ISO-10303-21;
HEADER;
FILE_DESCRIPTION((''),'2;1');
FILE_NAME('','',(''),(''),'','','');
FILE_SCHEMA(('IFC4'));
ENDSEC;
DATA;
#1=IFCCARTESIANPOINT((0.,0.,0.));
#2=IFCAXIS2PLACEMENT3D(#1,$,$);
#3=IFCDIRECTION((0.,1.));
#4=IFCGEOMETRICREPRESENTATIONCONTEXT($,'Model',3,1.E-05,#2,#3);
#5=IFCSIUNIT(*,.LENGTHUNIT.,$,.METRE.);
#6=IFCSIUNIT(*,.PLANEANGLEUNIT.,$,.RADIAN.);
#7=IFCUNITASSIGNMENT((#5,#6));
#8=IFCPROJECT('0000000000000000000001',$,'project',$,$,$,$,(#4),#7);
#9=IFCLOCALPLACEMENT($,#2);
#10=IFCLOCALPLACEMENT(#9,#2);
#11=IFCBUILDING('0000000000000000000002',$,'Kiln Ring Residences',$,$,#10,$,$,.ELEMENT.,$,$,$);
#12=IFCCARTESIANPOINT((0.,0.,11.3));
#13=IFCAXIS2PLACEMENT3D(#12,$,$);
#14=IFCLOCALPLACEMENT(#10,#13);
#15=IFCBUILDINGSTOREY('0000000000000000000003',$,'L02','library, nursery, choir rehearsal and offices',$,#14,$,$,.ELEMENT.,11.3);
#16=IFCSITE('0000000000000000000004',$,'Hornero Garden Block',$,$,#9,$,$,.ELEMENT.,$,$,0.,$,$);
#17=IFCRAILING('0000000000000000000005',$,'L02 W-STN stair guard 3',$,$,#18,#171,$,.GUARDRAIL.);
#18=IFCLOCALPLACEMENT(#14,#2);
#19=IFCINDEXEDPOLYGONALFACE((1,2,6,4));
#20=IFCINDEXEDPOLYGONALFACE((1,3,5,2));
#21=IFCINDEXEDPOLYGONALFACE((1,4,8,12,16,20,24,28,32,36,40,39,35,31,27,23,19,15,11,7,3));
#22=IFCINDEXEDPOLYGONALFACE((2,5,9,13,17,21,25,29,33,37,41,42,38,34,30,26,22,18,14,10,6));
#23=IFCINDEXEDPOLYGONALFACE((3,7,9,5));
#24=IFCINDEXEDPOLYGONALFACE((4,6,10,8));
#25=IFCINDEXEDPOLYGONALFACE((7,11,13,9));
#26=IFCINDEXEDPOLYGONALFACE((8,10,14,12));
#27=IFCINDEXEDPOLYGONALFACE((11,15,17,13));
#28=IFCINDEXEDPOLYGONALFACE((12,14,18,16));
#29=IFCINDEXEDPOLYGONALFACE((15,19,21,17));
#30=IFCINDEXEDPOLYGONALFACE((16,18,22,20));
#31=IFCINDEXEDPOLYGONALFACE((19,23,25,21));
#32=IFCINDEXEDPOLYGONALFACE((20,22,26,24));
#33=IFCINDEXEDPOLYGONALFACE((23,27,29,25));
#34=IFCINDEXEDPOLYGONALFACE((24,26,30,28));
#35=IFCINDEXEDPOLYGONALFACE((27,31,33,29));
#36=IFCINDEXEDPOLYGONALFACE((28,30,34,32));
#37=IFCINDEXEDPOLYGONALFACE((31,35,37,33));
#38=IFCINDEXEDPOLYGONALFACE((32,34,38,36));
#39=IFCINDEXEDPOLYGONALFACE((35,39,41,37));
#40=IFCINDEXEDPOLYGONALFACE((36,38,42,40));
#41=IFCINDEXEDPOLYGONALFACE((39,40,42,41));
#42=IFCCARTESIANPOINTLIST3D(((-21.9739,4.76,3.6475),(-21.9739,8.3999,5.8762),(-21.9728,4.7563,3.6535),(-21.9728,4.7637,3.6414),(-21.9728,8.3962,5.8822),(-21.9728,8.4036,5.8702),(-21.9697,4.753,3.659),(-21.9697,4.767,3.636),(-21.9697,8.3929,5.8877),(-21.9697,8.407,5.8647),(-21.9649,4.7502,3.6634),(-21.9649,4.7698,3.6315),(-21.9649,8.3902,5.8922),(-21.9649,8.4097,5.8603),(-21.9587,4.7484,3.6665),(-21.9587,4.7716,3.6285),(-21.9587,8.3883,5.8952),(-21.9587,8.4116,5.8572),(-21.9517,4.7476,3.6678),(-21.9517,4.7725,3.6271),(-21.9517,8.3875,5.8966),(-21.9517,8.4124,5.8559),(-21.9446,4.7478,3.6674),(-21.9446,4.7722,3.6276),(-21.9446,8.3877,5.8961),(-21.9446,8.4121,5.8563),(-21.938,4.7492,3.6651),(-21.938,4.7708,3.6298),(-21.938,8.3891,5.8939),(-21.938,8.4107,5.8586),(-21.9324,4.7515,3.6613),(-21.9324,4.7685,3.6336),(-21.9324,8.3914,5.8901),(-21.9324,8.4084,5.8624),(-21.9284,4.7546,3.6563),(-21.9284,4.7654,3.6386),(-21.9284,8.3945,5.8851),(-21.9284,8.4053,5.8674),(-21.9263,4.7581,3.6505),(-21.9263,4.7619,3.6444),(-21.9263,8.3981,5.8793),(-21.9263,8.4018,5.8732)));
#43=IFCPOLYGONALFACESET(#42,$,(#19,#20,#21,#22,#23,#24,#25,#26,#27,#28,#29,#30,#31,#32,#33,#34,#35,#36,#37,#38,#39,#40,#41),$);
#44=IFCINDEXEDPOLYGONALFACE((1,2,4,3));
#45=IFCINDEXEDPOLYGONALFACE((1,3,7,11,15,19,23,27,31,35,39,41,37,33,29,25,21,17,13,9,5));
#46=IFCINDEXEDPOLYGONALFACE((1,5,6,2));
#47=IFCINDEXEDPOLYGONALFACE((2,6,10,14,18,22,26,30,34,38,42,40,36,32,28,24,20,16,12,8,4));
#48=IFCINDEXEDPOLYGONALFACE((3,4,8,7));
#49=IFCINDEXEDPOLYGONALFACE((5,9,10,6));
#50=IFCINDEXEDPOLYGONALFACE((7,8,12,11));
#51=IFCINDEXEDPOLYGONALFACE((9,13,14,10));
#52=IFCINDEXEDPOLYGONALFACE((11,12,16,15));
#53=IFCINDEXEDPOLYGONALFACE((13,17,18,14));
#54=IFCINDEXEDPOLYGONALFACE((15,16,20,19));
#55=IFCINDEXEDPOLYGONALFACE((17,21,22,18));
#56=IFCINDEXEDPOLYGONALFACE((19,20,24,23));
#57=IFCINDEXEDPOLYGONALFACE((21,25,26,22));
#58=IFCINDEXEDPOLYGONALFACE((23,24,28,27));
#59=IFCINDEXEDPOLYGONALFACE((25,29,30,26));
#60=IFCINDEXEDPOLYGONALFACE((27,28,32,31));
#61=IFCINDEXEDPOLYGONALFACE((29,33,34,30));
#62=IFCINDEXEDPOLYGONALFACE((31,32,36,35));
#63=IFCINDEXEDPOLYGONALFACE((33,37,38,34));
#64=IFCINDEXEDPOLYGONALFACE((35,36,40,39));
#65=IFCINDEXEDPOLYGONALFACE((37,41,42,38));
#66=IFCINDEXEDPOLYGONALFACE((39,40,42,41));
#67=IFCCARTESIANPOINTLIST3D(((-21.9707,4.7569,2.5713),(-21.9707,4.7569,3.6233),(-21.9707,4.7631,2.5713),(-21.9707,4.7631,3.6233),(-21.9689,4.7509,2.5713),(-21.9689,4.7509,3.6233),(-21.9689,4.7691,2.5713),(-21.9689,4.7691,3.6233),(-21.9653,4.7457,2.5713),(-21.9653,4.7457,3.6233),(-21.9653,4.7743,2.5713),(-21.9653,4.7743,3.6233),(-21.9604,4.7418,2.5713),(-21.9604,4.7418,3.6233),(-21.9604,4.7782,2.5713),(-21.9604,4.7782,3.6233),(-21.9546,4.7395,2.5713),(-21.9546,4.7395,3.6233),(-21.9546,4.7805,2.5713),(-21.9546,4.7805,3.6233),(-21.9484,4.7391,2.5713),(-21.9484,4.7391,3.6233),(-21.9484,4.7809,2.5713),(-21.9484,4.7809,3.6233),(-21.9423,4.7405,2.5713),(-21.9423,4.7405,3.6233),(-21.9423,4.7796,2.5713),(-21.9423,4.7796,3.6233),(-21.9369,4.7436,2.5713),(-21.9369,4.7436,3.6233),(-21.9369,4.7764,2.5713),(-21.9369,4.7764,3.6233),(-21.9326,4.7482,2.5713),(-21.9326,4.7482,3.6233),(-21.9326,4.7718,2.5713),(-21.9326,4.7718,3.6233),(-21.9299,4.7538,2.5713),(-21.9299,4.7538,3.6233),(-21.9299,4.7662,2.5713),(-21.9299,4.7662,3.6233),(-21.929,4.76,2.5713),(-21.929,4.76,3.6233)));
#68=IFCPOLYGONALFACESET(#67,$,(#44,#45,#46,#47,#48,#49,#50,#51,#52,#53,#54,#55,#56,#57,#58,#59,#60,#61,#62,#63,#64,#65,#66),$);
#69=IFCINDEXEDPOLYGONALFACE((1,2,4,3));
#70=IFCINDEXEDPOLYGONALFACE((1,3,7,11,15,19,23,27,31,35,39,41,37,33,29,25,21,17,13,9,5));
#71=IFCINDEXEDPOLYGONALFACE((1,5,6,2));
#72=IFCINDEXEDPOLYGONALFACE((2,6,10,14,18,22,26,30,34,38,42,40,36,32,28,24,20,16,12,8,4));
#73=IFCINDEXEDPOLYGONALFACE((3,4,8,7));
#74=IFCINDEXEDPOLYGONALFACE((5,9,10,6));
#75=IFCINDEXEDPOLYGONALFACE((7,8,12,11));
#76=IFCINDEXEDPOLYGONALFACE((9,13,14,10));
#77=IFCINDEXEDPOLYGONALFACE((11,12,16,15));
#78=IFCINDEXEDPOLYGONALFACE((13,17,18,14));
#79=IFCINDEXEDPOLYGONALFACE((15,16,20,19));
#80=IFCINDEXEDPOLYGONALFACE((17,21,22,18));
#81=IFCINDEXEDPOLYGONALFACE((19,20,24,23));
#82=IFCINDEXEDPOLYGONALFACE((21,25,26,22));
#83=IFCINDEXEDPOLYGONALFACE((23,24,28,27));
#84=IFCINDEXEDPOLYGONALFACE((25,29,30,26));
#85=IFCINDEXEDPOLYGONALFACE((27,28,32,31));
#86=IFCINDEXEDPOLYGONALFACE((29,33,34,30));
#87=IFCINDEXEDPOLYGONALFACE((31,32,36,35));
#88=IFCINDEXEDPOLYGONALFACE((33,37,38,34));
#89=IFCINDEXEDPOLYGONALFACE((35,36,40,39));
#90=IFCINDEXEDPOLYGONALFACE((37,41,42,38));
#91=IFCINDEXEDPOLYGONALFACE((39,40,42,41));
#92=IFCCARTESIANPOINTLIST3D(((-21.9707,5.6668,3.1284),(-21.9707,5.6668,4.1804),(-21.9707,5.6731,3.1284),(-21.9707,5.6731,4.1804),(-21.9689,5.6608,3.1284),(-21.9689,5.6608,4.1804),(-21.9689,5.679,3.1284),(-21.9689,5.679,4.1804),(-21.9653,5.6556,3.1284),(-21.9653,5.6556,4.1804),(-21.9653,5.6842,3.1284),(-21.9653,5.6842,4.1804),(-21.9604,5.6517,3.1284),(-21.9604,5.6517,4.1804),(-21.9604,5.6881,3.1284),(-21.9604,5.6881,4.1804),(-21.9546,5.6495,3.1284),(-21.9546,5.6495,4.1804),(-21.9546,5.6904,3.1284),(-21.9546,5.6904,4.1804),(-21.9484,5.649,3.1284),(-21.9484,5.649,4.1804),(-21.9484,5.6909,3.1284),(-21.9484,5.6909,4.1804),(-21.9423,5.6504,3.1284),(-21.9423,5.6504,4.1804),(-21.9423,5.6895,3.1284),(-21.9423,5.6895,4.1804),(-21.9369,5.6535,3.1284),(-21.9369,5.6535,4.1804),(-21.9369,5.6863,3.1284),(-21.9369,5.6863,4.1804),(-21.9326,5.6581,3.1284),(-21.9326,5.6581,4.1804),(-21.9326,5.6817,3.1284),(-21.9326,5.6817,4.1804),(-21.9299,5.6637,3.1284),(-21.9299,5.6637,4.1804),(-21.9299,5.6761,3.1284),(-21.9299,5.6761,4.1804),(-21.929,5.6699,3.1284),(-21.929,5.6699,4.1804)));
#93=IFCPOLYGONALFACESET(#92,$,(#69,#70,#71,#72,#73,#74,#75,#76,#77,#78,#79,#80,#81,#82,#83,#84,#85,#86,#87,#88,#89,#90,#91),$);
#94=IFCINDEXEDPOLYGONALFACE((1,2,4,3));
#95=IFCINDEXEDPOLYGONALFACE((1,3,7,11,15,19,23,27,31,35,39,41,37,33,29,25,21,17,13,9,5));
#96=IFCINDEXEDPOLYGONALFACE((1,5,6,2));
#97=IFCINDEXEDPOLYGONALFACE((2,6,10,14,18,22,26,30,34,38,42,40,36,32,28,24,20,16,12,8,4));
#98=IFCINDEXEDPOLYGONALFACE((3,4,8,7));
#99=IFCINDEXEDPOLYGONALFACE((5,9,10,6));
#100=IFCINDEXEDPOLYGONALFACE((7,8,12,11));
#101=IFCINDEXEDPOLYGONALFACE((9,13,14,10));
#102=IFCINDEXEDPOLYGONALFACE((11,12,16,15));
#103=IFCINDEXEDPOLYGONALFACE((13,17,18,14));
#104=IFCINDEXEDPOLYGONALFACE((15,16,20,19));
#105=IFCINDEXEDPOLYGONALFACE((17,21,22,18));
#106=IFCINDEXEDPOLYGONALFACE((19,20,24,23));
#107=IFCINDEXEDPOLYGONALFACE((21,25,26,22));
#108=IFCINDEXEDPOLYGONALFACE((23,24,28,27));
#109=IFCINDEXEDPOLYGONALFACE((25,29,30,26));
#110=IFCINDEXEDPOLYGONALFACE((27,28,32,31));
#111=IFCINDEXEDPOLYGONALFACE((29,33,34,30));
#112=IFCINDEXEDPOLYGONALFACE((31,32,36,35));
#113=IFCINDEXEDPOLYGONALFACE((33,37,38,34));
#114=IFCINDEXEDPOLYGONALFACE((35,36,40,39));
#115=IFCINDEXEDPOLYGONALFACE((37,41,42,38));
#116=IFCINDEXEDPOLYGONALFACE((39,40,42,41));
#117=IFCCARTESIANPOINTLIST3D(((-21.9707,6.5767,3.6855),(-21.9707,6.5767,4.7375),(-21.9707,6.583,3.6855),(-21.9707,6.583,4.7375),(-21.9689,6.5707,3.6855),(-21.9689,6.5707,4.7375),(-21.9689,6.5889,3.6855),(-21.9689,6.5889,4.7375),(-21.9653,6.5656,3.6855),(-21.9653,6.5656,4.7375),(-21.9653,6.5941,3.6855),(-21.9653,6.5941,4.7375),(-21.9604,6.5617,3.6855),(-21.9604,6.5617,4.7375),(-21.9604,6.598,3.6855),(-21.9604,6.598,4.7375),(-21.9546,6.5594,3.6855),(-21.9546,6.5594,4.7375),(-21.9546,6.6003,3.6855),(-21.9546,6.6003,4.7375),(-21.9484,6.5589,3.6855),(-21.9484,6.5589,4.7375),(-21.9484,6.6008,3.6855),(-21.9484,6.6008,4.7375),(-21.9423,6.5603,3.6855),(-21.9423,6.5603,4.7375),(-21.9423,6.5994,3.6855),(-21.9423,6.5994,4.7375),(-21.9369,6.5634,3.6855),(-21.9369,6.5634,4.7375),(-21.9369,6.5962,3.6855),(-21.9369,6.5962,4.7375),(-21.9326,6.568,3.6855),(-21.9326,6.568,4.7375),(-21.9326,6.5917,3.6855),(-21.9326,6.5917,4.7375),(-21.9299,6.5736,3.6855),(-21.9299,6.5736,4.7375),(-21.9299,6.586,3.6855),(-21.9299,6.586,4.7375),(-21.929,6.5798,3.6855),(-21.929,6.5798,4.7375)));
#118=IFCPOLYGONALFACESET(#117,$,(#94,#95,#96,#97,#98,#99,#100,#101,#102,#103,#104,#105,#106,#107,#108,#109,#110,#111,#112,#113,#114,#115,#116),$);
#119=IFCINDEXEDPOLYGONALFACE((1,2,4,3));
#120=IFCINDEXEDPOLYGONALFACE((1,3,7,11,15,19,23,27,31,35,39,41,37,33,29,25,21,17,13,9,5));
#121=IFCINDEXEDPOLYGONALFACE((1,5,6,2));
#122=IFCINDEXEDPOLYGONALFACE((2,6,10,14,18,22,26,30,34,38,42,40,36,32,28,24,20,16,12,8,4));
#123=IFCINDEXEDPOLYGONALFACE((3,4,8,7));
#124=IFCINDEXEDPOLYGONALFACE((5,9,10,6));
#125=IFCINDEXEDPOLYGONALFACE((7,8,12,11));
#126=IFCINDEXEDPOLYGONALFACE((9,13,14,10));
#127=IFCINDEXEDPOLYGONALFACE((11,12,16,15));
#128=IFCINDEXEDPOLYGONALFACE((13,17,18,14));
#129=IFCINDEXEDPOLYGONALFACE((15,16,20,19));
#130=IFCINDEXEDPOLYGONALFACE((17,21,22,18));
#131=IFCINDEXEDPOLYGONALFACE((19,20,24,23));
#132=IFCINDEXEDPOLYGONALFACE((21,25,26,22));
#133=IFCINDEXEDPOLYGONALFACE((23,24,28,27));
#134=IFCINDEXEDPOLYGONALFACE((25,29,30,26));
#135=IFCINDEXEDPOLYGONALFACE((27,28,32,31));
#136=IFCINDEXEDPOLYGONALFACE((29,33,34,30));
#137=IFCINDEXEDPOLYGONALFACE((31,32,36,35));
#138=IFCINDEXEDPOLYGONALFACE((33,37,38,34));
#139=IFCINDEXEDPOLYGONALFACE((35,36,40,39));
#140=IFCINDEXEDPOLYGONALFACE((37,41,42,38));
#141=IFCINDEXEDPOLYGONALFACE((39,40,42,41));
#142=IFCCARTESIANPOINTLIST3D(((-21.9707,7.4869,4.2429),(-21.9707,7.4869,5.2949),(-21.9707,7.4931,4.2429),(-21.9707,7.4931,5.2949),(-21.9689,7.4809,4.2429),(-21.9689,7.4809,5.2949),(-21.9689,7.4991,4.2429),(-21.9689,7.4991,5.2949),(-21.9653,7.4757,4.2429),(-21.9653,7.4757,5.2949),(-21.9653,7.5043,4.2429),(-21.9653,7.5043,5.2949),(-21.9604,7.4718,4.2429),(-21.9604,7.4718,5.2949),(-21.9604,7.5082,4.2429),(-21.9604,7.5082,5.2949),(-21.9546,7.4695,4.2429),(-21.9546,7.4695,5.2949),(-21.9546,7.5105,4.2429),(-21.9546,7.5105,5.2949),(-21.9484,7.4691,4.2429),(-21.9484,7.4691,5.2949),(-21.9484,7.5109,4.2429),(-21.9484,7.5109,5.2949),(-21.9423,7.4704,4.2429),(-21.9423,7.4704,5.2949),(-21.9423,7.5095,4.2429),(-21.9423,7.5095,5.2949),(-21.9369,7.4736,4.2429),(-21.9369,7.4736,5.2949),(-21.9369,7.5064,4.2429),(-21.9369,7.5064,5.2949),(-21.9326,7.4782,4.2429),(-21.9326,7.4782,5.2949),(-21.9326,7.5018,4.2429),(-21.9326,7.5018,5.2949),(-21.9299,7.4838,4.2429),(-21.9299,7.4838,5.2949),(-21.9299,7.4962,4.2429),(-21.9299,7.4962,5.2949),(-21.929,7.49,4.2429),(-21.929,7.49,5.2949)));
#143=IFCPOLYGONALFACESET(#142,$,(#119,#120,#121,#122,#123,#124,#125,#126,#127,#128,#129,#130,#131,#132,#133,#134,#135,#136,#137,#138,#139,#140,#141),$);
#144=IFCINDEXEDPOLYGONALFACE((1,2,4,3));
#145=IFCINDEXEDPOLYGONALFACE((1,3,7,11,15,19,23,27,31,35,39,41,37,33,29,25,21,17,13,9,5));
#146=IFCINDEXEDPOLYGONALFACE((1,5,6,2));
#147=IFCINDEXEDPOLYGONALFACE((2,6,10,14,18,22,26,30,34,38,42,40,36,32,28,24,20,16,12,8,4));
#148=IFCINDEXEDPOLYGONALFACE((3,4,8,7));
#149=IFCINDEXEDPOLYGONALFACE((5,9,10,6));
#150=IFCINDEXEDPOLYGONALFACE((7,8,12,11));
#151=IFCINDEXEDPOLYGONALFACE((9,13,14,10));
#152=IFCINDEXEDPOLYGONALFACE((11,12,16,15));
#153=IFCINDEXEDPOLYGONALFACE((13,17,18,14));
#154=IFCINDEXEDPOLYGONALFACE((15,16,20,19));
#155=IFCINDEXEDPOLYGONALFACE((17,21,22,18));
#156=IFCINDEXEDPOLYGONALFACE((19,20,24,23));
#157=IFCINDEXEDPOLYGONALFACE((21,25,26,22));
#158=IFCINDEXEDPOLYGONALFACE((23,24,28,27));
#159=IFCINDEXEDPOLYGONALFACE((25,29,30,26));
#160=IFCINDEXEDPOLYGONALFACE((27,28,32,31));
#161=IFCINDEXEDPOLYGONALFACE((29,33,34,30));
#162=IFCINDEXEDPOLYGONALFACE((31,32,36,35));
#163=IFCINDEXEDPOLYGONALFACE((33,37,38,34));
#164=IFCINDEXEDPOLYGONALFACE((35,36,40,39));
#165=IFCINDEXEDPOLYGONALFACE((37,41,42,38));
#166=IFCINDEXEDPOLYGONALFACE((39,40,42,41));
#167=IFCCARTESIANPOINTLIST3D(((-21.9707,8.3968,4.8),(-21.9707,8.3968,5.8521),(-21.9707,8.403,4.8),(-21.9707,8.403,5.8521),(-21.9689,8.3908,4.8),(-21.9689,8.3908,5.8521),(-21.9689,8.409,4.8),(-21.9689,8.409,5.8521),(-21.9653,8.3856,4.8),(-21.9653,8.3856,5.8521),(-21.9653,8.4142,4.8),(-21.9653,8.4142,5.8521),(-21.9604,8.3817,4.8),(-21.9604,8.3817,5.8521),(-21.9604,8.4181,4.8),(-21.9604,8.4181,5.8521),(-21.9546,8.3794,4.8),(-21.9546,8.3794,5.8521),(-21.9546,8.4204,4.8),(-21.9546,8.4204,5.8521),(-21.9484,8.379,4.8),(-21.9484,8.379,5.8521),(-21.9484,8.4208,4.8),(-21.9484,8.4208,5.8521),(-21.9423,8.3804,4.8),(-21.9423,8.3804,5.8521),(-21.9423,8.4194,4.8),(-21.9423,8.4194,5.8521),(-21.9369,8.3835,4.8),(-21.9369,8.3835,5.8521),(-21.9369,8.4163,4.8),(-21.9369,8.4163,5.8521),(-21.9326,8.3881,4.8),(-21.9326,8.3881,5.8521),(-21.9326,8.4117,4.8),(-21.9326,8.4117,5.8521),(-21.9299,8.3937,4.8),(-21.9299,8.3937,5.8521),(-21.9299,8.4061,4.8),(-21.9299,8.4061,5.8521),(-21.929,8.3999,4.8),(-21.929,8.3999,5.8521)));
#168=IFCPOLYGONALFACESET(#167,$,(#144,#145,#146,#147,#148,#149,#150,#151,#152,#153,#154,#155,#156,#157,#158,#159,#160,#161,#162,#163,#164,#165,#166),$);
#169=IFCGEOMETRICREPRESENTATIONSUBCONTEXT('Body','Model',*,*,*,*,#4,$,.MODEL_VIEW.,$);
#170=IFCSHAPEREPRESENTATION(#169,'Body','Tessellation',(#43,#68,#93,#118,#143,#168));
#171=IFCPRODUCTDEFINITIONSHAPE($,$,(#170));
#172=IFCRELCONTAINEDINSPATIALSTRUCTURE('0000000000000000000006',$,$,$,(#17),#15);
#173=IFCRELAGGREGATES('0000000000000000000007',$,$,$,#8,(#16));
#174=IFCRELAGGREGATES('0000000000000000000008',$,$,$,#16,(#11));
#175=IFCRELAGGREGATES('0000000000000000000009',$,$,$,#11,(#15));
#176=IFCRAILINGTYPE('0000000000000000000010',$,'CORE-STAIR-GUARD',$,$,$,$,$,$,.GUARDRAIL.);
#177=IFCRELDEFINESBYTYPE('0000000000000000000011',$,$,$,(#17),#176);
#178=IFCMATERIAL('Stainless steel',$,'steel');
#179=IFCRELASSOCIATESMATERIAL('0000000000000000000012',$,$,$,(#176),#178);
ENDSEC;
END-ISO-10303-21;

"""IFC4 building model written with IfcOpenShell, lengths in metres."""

from ifc_helpers import new_model, si_unit, direction, frame, origin, origin_2d, place, context, subcontext, project, spatial, circle, extrude, material, type_object, element, save


model = new_model("IFC4")

# Units and contexts
model_context = context("Model", 3, precision=1e-05, world=origin(), true_north=direction((0.0, 1.0)))
body_context = subcontext(model_context, "Body", "Model", "MODEL_VIEW")
ifc_project = project(units=[si_unit("LENGTHUNIT", "METRE"), si_unit("PLANEANGLEUNIT", "RADIAN")], contexts=[model_context])

# Site, building, storey
site_placement = place(None, origin())
site = spatial("IfcSite", under=ifc_project, at=site_placement, Name="Hornero Garden Block", CompositionType="ELEMENT", RefElevation=0.0)
building_placement = place(site_placement, origin())
building = spatial("IfcBuilding", under=site, at=building_placement, Name="Kiln Ring Residences", CompositionType="ELEMENT")
storey_placement = place(building_placement, frame((0.0, 0.0, 11.3)))
storey = spatial("IfcBuildingStorey", under=building, at=storey_placement, Name="L02", Description="library, nursery, choir rehearsal and offices", CompositionType="ELEMENT", Elevation=11.3)

# Railing
ifc_material_1 = material(Name="Stainless steel", Category="steel")
railing_type_1 = type_object("IfcRailingType", Name="CORE-STAIR-GUARD", PredefinedType="GUARDRAIL", material=ifc_material_1)
railing_1_placement = place(storey_placement, frame((-21.95, 4.76, 2.5713)))
element("IfcRailing", 1, at=railing_1_placement, inside=storey, type_object=railing_type_1, Name="L02 W-STN stair guard 3", PredefinedType="GUARDRAIL", context=body_context, shape_type="SweptSolid", body=[
    extrude(circle(Radius=0.0239, at=origin_2d()), frame((0.0, 0.0, 1.0762), z_axis=(0.0, 0.852825, 0.522197), x_axis=(-1.0, 0.0, 0.0)), (0.0, 0.0, 1.0), 4.2681),
    extrude(circle(Radius=0.021, at=origin_2d()), origin(), (0.0, 0.0, 1.0), 1.052),
    extrude(circle(Radius=0.021, at=origin_2d()), frame((0.0, 0.9099, 0.5571)), (0.0, 0.0, 1.0), 1.052),
    extrude(circle(Radius=0.021, at=origin_2d()), frame((0.0, 1.8198, 1.1143)), (0.0, 0.0, 1.0), 1.052),
    extrude(circle(Radius=0.021, at=origin_2d()), frame((0.0, 2.73, 1.6716)), (0.0, 0.0, 1.0), 1.052),
    extrude(circle(Radius=0.021, at=origin_2d()), frame((0.0, 3.6399, 2.2288)), (0.0, 0.0, 1.0), 1.052),
])

save(model, "model.ifc")
